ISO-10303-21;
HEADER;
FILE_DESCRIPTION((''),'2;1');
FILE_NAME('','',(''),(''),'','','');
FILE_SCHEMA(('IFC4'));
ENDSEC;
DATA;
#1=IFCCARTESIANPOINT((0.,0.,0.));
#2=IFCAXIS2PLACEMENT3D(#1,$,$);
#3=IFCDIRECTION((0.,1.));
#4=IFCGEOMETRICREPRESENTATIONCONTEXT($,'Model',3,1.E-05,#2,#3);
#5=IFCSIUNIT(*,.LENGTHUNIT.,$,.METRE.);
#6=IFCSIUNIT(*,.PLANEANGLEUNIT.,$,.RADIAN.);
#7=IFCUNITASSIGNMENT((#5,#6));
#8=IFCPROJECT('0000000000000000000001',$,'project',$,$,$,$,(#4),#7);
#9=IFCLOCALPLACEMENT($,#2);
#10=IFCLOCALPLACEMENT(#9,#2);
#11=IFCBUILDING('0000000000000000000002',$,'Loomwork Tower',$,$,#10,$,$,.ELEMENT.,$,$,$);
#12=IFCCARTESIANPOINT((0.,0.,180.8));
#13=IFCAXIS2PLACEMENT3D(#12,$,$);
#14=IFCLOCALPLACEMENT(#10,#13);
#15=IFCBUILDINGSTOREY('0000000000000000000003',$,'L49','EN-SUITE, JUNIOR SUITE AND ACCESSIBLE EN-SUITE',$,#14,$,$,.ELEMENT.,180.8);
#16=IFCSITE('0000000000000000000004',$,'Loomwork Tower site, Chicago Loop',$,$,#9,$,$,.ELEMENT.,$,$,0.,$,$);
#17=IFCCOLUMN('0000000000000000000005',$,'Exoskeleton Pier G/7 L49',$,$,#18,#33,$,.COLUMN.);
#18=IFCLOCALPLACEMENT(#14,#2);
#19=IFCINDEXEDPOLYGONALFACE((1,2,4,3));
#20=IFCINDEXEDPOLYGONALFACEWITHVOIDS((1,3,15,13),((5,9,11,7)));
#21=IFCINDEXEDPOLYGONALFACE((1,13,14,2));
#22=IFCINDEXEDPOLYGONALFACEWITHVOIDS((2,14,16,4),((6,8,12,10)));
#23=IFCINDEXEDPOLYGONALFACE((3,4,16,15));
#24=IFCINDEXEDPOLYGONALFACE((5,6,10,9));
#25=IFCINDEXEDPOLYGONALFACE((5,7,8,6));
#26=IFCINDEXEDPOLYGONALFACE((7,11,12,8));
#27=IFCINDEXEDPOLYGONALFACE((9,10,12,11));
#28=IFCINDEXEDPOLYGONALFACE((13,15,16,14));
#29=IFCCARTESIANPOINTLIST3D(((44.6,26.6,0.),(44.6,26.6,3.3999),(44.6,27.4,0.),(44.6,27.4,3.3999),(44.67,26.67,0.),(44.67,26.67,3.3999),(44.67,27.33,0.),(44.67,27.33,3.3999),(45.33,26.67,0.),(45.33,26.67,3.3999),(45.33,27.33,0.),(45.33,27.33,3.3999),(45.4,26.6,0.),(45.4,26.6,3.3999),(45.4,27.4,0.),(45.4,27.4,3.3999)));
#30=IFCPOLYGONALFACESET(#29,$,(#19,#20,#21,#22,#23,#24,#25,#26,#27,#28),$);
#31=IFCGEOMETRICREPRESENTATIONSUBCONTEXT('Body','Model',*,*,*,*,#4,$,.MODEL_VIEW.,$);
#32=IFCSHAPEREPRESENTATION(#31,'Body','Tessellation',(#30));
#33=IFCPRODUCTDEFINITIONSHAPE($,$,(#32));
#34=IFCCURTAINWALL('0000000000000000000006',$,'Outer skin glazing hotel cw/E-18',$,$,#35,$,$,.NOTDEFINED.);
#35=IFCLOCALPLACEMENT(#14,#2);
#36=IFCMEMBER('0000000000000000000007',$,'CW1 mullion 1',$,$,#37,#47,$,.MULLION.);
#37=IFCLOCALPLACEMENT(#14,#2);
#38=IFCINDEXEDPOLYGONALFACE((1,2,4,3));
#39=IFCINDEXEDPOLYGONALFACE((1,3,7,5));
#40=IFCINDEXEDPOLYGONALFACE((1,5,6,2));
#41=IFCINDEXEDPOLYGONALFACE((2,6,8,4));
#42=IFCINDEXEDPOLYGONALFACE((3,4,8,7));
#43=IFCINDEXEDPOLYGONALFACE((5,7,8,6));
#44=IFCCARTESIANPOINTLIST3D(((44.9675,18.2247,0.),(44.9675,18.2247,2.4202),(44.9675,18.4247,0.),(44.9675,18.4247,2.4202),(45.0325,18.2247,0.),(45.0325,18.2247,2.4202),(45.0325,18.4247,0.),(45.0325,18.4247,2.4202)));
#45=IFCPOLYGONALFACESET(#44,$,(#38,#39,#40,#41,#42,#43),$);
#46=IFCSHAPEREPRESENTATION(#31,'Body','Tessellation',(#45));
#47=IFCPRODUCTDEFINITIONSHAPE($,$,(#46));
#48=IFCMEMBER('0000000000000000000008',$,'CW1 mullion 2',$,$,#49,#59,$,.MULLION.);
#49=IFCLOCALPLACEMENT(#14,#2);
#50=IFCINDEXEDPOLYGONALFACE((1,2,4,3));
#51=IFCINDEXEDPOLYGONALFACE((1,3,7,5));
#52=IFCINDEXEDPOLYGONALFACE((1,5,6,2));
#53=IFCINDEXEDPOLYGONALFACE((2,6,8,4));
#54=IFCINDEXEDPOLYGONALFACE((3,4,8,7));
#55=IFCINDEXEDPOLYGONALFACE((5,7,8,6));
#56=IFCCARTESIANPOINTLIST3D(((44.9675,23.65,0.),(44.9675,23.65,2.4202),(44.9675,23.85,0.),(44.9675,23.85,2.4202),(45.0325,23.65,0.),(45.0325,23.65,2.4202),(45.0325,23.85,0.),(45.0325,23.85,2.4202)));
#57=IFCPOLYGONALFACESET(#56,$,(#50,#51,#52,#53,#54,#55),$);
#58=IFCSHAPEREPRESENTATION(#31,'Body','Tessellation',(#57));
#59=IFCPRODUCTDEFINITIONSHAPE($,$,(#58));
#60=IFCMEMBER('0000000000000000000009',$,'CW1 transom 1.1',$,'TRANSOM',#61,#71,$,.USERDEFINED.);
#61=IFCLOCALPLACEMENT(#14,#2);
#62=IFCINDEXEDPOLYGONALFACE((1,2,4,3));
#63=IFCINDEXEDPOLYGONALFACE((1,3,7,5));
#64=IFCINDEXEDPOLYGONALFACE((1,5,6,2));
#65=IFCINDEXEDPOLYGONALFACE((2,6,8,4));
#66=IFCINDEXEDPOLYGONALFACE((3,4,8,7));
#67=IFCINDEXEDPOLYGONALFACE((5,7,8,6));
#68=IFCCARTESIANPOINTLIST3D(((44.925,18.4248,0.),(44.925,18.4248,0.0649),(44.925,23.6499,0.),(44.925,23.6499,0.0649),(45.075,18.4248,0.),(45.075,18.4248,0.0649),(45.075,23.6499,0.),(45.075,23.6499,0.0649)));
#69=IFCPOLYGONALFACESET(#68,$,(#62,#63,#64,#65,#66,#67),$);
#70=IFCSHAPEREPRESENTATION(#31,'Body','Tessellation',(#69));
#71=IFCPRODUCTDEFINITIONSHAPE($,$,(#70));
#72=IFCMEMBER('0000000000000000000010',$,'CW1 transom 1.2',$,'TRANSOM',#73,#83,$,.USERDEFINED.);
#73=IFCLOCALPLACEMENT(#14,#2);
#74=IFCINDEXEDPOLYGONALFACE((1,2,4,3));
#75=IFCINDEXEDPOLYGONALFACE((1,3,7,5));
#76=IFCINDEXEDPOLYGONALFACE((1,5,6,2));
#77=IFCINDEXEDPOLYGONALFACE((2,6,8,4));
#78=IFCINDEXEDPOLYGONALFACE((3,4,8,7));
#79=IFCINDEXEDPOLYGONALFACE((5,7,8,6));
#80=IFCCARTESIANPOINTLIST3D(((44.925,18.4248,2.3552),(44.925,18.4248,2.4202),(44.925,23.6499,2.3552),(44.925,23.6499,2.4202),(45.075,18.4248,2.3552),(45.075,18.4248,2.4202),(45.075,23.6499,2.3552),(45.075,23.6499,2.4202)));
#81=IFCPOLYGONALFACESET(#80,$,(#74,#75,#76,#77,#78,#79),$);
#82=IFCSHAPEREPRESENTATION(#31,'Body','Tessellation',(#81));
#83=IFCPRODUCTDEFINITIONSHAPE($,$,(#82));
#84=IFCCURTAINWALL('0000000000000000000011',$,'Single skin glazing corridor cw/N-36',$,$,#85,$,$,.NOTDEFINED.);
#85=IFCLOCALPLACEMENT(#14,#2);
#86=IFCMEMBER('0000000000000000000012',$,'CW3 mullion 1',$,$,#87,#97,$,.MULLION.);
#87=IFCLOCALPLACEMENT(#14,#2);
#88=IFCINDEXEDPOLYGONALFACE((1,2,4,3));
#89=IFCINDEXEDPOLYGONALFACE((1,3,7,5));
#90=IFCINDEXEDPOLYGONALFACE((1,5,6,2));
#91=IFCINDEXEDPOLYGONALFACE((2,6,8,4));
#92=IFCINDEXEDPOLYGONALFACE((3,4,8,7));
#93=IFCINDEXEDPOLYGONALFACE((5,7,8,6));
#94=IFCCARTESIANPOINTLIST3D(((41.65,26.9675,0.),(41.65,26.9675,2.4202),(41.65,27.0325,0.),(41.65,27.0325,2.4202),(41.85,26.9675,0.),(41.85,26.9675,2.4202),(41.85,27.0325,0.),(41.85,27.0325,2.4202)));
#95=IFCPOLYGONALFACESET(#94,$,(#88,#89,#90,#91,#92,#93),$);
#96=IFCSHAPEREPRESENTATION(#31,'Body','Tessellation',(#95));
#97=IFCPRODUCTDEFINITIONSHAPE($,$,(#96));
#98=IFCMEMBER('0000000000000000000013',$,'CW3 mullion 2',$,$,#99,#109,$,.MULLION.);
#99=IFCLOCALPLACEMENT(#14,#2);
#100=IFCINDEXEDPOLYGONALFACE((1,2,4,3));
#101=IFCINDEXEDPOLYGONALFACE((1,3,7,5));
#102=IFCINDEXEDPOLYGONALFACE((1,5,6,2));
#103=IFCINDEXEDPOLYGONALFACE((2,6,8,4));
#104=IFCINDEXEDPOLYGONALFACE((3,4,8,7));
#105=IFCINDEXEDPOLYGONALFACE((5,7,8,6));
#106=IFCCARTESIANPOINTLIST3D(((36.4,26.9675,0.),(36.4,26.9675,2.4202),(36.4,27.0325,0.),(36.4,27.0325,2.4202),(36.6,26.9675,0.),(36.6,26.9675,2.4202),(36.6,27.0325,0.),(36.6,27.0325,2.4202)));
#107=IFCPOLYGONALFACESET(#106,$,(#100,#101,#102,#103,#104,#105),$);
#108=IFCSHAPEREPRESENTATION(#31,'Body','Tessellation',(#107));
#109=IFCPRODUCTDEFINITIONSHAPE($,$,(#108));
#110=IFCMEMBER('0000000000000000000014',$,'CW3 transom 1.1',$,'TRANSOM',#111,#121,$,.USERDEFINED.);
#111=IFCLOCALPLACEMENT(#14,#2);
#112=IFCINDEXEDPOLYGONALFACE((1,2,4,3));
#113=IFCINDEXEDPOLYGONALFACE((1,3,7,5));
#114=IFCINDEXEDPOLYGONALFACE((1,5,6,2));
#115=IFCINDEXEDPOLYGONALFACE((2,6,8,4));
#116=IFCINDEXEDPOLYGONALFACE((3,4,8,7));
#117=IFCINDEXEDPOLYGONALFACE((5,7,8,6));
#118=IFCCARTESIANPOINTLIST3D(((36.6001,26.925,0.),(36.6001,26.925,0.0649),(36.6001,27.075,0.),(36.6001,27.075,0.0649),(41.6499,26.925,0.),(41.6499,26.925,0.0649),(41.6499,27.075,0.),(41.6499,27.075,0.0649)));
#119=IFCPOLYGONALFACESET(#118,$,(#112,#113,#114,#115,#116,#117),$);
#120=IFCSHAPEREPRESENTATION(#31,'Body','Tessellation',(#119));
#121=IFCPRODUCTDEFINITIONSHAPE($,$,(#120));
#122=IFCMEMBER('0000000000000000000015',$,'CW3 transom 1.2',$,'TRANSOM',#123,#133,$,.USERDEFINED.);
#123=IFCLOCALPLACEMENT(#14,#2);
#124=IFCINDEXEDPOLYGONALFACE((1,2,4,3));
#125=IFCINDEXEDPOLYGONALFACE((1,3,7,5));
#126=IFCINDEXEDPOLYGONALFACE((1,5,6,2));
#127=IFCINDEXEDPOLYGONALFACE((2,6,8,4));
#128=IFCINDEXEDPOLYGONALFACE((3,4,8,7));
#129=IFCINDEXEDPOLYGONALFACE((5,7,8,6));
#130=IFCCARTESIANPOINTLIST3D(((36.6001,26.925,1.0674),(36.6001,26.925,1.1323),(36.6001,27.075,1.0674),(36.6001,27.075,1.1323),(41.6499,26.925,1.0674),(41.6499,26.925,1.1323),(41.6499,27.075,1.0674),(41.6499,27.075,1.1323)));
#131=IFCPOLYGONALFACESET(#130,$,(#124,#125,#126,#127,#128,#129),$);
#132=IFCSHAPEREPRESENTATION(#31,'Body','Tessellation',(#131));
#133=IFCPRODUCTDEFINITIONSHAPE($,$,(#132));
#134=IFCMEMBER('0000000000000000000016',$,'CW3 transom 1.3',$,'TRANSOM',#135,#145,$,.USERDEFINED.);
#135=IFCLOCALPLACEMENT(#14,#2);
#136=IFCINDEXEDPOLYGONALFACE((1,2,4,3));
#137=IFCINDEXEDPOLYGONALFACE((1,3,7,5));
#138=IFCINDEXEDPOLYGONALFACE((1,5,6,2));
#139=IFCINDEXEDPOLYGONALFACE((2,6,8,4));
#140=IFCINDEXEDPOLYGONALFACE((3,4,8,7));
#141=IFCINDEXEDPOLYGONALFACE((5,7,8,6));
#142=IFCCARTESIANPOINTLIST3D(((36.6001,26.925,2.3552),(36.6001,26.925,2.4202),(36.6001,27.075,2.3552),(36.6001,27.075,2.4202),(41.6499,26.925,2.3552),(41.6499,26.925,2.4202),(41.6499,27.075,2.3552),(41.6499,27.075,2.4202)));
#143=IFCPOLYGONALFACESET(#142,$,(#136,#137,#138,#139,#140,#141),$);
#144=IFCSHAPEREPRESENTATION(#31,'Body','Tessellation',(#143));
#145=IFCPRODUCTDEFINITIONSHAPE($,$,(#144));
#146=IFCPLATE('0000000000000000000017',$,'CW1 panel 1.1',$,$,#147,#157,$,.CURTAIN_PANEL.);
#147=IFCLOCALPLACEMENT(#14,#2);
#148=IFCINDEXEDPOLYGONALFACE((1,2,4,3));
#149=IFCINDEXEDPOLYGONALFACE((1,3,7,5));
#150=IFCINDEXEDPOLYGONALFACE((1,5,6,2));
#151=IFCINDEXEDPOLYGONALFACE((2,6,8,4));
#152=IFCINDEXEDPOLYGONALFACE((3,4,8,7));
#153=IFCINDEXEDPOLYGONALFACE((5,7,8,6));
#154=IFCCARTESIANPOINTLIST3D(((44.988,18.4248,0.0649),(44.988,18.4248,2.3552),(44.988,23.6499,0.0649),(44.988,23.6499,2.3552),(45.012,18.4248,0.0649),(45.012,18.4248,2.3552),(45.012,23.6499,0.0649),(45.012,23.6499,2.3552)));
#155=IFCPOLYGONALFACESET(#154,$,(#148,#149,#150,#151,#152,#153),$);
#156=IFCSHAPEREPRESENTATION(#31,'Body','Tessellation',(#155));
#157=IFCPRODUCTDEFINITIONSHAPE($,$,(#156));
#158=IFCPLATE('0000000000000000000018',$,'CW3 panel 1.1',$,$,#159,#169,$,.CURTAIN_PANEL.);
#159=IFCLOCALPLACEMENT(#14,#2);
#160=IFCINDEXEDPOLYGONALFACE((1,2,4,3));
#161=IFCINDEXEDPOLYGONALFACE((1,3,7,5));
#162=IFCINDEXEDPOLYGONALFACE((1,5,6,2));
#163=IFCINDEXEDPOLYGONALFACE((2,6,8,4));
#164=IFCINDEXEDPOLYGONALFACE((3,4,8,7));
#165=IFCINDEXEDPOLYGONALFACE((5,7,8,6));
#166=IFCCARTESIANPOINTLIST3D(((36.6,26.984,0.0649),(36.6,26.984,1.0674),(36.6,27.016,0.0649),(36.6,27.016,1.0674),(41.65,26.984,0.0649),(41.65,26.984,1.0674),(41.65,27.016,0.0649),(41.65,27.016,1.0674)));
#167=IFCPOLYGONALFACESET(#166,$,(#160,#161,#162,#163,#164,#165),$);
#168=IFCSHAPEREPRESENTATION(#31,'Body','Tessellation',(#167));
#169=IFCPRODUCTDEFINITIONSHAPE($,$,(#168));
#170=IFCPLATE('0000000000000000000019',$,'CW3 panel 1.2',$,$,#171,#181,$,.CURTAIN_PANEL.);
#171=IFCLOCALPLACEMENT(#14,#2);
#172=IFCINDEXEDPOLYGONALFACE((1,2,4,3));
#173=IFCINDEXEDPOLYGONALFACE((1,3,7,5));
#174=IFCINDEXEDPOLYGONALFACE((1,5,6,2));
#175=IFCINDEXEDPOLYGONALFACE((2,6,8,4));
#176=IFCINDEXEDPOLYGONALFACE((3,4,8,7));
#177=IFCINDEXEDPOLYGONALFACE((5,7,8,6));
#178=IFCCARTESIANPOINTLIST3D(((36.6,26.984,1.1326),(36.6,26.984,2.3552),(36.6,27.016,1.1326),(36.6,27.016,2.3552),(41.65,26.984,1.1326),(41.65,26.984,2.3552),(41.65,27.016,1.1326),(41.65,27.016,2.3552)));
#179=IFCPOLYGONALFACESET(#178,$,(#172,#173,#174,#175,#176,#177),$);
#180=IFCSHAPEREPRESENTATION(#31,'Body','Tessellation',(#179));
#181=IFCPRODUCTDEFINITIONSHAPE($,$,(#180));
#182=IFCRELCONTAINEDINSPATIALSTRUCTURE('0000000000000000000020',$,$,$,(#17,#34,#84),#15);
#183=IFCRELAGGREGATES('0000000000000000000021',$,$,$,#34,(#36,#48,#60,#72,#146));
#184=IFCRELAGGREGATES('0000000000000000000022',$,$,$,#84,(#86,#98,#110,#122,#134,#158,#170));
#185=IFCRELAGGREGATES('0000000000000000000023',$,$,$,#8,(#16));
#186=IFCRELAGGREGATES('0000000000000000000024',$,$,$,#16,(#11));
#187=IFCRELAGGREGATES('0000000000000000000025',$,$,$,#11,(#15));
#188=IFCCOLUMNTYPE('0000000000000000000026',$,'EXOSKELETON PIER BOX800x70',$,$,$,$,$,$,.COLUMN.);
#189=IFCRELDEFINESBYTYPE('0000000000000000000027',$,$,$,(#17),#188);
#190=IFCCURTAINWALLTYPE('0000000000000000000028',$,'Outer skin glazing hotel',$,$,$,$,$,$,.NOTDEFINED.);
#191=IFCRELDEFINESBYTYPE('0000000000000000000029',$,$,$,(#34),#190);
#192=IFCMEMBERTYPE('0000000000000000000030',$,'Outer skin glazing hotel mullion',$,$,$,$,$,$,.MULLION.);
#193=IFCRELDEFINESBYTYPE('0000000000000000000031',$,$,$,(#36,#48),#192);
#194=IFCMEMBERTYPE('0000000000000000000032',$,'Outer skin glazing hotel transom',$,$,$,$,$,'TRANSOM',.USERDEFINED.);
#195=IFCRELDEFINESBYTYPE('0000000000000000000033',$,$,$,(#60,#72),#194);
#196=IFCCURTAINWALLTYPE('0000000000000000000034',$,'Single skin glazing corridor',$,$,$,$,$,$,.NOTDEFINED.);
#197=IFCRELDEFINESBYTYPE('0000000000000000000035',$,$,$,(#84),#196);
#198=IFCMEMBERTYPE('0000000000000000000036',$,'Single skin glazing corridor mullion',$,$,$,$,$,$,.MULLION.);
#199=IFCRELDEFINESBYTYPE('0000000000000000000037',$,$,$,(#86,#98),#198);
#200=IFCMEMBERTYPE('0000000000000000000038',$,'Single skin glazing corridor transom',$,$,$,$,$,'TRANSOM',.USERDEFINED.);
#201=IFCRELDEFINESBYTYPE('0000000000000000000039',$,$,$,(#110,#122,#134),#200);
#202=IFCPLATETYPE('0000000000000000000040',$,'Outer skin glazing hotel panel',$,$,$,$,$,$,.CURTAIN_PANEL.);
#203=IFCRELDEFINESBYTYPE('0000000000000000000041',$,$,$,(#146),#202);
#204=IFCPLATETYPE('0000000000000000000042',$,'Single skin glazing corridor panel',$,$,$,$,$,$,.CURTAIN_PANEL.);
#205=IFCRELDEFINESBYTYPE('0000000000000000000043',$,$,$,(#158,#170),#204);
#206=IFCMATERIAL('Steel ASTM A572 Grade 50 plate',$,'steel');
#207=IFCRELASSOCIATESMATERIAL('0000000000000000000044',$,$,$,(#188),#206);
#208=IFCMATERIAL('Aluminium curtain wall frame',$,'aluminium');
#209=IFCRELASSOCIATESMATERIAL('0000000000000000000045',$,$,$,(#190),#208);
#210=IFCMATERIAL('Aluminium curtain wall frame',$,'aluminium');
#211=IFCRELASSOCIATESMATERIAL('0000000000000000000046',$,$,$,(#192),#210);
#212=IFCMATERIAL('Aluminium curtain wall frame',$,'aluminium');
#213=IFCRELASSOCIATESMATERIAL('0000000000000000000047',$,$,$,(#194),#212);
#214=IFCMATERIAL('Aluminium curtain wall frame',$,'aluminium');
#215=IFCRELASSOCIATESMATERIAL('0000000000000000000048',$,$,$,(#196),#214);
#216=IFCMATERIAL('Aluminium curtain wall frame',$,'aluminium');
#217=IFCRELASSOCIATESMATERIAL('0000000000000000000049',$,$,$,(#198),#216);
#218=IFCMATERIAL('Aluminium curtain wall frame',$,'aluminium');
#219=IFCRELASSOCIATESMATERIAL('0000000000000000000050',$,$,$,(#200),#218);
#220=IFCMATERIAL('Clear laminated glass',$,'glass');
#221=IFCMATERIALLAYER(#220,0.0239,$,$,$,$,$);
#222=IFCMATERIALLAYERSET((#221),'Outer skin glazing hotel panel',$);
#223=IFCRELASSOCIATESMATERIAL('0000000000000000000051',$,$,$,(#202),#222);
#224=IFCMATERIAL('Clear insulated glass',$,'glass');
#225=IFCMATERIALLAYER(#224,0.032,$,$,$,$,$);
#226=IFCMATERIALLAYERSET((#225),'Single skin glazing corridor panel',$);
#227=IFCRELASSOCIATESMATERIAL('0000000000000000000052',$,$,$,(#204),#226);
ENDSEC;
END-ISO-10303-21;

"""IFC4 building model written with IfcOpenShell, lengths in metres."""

from ifc_helpers import new_model, si_unit, direction, frame, origin, origin_2d, place, context, subcontext, project, spatial, rectangle, hollow_rectangle, extrude, material, layer, layer_set, material_profile, profile_set, type_object, element, aggregate, save


model = new_model("IFC4")

# Units and contexts
model_context = context("Model", 3, precision=1e-05, world=origin(), true_north=direction((0.0, 1.0)))
body_context = subcontext(model_context, "Body", "Model", "MODEL_VIEW")
ifc_project = project(units=[si_unit("LENGTHUNIT", "METRE"), si_unit("PLANEANGLEUNIT", "RADIAN")], contexts=[model_context])

# Site, building, storey
site_placement = place(None, origin())
site = spatial("IfcSite", under=ifc_project, at=site_placement, Name="Loomwork Tower site, Chicago Loop", CompositionType="ELEMENT", RefElevation=0.0)
building_placement = place(site_placement, origin())
building = spatial("IfcBuilding", under=site, at=building_placement, Name="Loomwork Tower", CompositionType="ELEMENT")
storey_placement = place(building_placement, frame((0.0, 0.0, 180.8)))
storey = spatial("IfcBuildingStorey", under=building, at=storey_placement, Name="L49", Description="EN-SUITE, JUNIOR SUITE AND ACCESSIBLE EN-SUITE", CompositionType="ELEMENT", Elevation=180.8)

# Column
ifc_material_1 = material(Name="Steel ASTM A572 Grade 50 plate", Category="steel")
ifc_material_profile_1 = material_profile(ifc_material_1, hollow_rectangle(XDim=0.8, YDim=0.8, WallThickness=0.0701, at=origin_2d()), Name="BOX800x70")
ifc_profile_set_1 = profile_set([ifc_material_profile_1], Name="Steel ASTM A572 Grade 50 plate")
column_type = type_object("IfcColumnType", Name="EXOSKELETON PIER BOX800x70", PredefinedType="COLUMN", material=ifc_profile_set_1)
column_placement = place(storey_placement, frame((45.0, 27.0, 0.0), z_axis=(0.0, 0.0, 1.0), x_axis=(0.0, 1.0, 0.0)))
element("IfcColumn", 1, at=column_placement, inside=storey, type_object=column_type, Name="Exoskeleton Pier G/7 L49", PredefinedType="COLUMN", context=body_context, shape_type="SweptSolid", body=[
    extrude(hollow_rectangle(XDim=0.8, YDim=0.8, WallThickness=0.0701, at=origin_2d()), origin(), (0.0, 0.0, 1.0), 3.3999),
])

# Curtain walls, members
ifc_material_2 = material(Name="Aluminium curtain wall frame", Category="aluminium")
curtain_wall_type_1 = type_object("IfcCurtainWallType", Name="Outer skin glazing hotel", PredefinedType="NOTDEFINED", material=ifc_material_2)
curtain_wall_1_placement = place(storey_placement, origin())
curtain_wall_1 = element("IfcCurtainWall", 2, at=curtain_wall_1_placement, inside=storey, type_object=curtain_wall_type_1, Name="Outer skin glazing hotel cw/E-18", PredefinedType="NOTDEFINED")
ifc_material_3 = material(Name="Aluminium curtain wall frame", Category="aluminium")
ifc_material_profile_2 = material_profile(ifc_material_3, rectangle(XDim=0.0649, YDim=0.2, at=origin_2d()), Name="AL 65x200")
ifc_profile_set_2 = profile_set([ifc_material_profile_2], Name="Aluminium curtain wall frame")
member_type_1 = type_object("IfcMemberType", Name="Outer skin glazing hotel mullion", PredefinedType="MULLION", material=ifc_profile_set_2)
member_1_placement = place(storey_placement, frame((45.0, 18.3247, 0.0), z_axis=(0.0, 0.0, 1.0), x_axis=(-1.0, 0.0, 0.0)))
member_1 = element("IfcMember", 3, at=member_1_placement, type_object=member_type_1, Name="CW1 mullion 1", PredefinedType="MULLION", context=body_context, shape_type="SweptSolid", body=[
    extrude(rectangle(XDim=0.0649, YDim=0.2, at=origin_2d()), origin(), (0.0, 0.0, 1.0), 2.4202),
])
member_2_placement = place(storey_placement, frame((45.0, 23.75, 0.0), z_axis=(0.0, 0.0, 1.0), x_axis=(-1.0, 0.0, 0.0)))
member_2 = element("IfcMember", 4, at=member_2_placement, type_object=member_type_1, Name="CW1 mullion 2", PredefinedType="MULLION", context=body_context, shape_type="SweptSolid", body=[
    extrude(rectangle(XDim=0.0649, YDim=0.2, at=origin_2d()), origin(), (0.0, 0.0, 1.0), 2.4202),
])
ifc_material_4 = material(Name="Aluminium curtain wall frame", Category="aluminium")
ifc_material_profile_3 = material_profile(ifc_material_4, rectangle(XDim=0.1499, YDim=0.0649, at=origin_2d()), Name="AL 65x150")
ifc_profile_set_3 = profile_set([ifc_material_profile_3], Name="Aluminium curtain wall frame")
member_type_2 = type_object("IfcMemberType", Name="Outer skin glazing hotel transom", ElementType="TRANSOM", PredefinedType="USERDEFINED", material=ifc_profile_set_3)
member_3_placement = place(storey_placement, frame((45.0, 18.4248, 0.0325), z_axis=(0.0, 1.0, 0.0), x_axis=(-1.0, 0.0, 0.0)))
member_3 = element("IfcMember", 5, at=member_3_placement, type_object=member_type_2, Name="CW1 transom 1.1", ObjectType="TRANSOM", PredefinedType="USERDEFINED", context=body_context, shape_type="SweptSolid", body=[
    extrude(rectangle(XDim=0.1499, YDim=0.0649, at=origin_2d()), origin(), (0.0, 0.0, 1.0), 5.2251),
])
member_4_placement = place(storey_placement, frame((45.0, 18.4248, 2.3877), z_axis=(0.0, 1.0, 0.0), x_axis=(-1.0, 0.0, 0.0)))
member_4 = element("IfcMember", 6, at=member_4_placement, type_object=member_type_2, Name="CW1 transom 1.2", ObjectType="TRANSOM", PredefinedType="USERDEFINED", context=body_context, shape_type="SweptSolid", body=[
    extrude(rectangle(XDim=0.1499, YDim=0.0649, at=origin_2d()), origin(), (0.0, 0.0, 1.0), 5.2251),
])
ifc_material_5 = material(Name="Aluminium curtain wall frame", Category="aluminium")
curtain_wall_type_2 = type_object("IfcCurtainWallType", Name="Single skin glazing corridor", PredefinedType="NOTDEFINED", material=ifc_material_5)
curtain_wall_2_placement = place(storey_placement, origin())
curtain_wall_2 = element("IfcCurtainWall", 7, at=curtain_wall_2_placement, inside=storey, type_object=curtain_wall_type_2, Name="Single skin glazing corridor cw/N-36", PredefinedType="NOTDEFINED")
ifc_material_6 = material(Name="Aluminium curtain wall frame", Category="aluminium")
ifc_material_profile_4 = material_profile(ifc_material_6, rectangle(XDim=0.0649, YDim=0.2, at=origin_2d()), Name="AL 65x200")
ifc_profile_set_4 = profile_set([ifc_material_profile_4], Name="Aluminium curtain wall frame")
member_type_3 = type_object("IfcMemberType", Name="Single skin glazing corridor mullion", PredefinedType="MULLION", material=ifc_profile_set_4)
member_5_placement = place(storey_placement, frame((41.75, 27.0, 0.0), z_axis=(0.0, 0.0, 1.0), x_axis=(0.0, -1.0, 0.0)))
member_5 = element("IfcMember", 8, at=member_5_placement, type_object=member_type_3, Name="CW3 mullion 1", PredefinedType="MULLION", context=body_context, shape_type="SweptSolid", body=[
    extrude(rectangle(XDim=0.0649, YDim=0.2, at=origin_2d()), origin(), (0.0, 0.0, 1.0), 2.4202),
])
member_6_placement = place(storey_placement, frame((36.5, 27.0, 0.0), z_axis=(0.0, 0.0, 1.0), x_axis=(0.0, -1.0, 0.0)))
member_6 = element("IfcMember", 9, at=member_6_placement, type_object=member_type_3, Name="CW3 mullion 2", PredefinedType="MULLION", context=body_context, shape_type="SweptSolid", body=[
    extrude(rectangle(XDim=0.0649, YDim=0.2, at=origin_2d()), origin(), (0.0, 0.0, 1.0), 2.4202),
])
ifc_material_7 = material(Name="Aluminium curtain wall frame", Category="aluminium")
ifc_material_profile_5 = material_profile(ifc_material_7, rectangle(XDim=0.1499, YDim=0.0649, at=origin_2d()), Name="AL 65x150")
ifc_profile_set_5 = profile_set([ifc_material_profile_5], Name="Aluminium curtain wall frame")
member_type_4 = type_object("IfcMemberType", Name="Single skin glazing corridor transom", ElementType="TRANSOM", PredefinedType="USERDEFINED", material=ifc_profile_set_5)
member_7_placement = place(storey_placement, frame((41.6499, 27.0, 0.0325), z_axis=(-1.0, 0.0, 0.0), x_axis=(0.0, -1.0, 0.0)))
member_7 = element("IfcMember", 10, at=member_7_placement, type_object=member_type_4, Name="CW3 transom 1.1", ObjectType="TRANSOM", PredefinedType="USERDEFINED", context=body_context, shape_type="SweptSolid", body=[
    extrude(rectangle(XDim=0.1499, YDim=0.0649, at=origin_2d()), origin(), (0.0, 0.0, 1.0), 5.0498),
])
member_8_placement = place(storey_placement, frame((41.6499, 27.0, 1.0999), z_axis=(-1.0, 0.0, 0.0), x_axis=(0.0, -1.0, 0.0)))
member_8 = element("IfcMember", 11, at=member_8_placement, type_object=member_type_4, Name="CW3 transom 1.2", ObjectType="TRANSOM", PredefinedType="USERDEFINED", context=body_context, shape_type="SweptSolid", body=[
    extrude(rectangle(XDim=0.1499, YDim=0.0649, at=origin_2d()), origin(), (0.0, 0.0, 1.0), 5.0498),
])
member_9_placement = place(storey_placement, frame((41.6499, 27.0, 2.3877), z_axis=(-1.0, 0.0, 0.0), x_axis=(0.0, -1.0, 0.0)))
member_9 = element("IfcMember", 12, at=member_9_placement, type_object=member_type_4, Name="CW3 transom 1.3", ObjectType="TRANSOM", PredefinedType="USERDEFINED", context=body_context, shape_type="SweptSolid", body=[
    extrude(rectangle(XDim=0.1499, YDim=0.0649, at=origin_2d()), origin(), (0.0, 0.0, 1.0), 5.0498),
])

# Plates
ifc_material_8 = material(Name="Clear laminated glass", Category="glass")
ifc_layer_1 = layer(ifc_material_8, 0.0239)
ifc_layer_set_1 = layer_set([ifc_layer_1], Name="Outer skin glazing hotel panel")
plate_type_1 = type_object("IfcPlateType", Name="Outer skin glazing hotel panel", PredefinedType="CURTAIN_PANEL", material=ifc_layer_set_1)
plate_1_placement = place(storey_placement, frame((45.0, 21.0374, 0.0649), z_axis=(0.0, 0.0, 1.0), x_axis=(0.0, 1.0, 0.0)))
plate_1 = element("IfcPlate", 13, at=plate_1_placement, type_object=plate_type_1, Name="CW1 panel 1.1", PredefinedType="CURTAIN_PANEL", context=body_context, shape_type="SweptSolid", body=[
    extrude(rectangle(XDim=5.2251, YDim=0.0239, at=origin_2d()), origin(), (0.0, 0.0, 1.0), 2.2903),
])
aggregate(curtain_wall_1, [member_1, member_2, member_3, member_4, plate_1])
ifc_material_9 = material(Name="Clear insulated glass", Category="glass")
ifc_layer_2 = layer(ifc_material_9, 0.032)
ifc_layer_set_2 = layer_set([ifc_layer_2], Name="Single skin glazing corridor panel")
plate_type_2 = type_object("IfcPlateType", Name="Single skin glazing corridor panel", PredefinedType="CURTAIN_PANEL", material=ifc_layer_set_2)
plate_2_placement = place(storey_placement, frame((39.125, 27.0, 0.0649), z_axis=(0.0, 0.0, 1.0), x_axis=(-1.0, 0.0, 0.0)))
plate_2 = element("IfcPlate", 14, at=plate_2_placement, type_object=plate_type_2, Name="CW3 panel 1.1", PredefinedType="CURTAIN_PANEL", context=body_context, shape_type="SweptSolid", body=[
    extrude(rectangle(XDim=5.05, YDim=0.032, at=origin_2d()), origin(), (0.0, 0.0, 1.0), 1.0024),
])
plate_3_placement = place(storey_placement, frame((39.125, 27.0, 1.1326), z_axis=(0.0, 0.0, 1.0), x_axis=(-1.0, 0.0, 0.0)))
plate_3 = element("IfcPlate", 15, at=plate_3_placement, type_object=plate_type_2, Name="CW3 panel 1.2", PredefinedType="CURTAIN_PANEL", context=body_context, shape_type="SweptSolid", body=[
    extrude(rectangle(XDim=5.05, YDim=0.032, at=origin_2d()), origin(), (0.0, 0.0, 1.0), 1.2227),
])
aggregate(curtain_wall_2, [member_5, member_6, member_7, member_8, member_9, plate_2, plate_3])

save(model, "model.ifc")
